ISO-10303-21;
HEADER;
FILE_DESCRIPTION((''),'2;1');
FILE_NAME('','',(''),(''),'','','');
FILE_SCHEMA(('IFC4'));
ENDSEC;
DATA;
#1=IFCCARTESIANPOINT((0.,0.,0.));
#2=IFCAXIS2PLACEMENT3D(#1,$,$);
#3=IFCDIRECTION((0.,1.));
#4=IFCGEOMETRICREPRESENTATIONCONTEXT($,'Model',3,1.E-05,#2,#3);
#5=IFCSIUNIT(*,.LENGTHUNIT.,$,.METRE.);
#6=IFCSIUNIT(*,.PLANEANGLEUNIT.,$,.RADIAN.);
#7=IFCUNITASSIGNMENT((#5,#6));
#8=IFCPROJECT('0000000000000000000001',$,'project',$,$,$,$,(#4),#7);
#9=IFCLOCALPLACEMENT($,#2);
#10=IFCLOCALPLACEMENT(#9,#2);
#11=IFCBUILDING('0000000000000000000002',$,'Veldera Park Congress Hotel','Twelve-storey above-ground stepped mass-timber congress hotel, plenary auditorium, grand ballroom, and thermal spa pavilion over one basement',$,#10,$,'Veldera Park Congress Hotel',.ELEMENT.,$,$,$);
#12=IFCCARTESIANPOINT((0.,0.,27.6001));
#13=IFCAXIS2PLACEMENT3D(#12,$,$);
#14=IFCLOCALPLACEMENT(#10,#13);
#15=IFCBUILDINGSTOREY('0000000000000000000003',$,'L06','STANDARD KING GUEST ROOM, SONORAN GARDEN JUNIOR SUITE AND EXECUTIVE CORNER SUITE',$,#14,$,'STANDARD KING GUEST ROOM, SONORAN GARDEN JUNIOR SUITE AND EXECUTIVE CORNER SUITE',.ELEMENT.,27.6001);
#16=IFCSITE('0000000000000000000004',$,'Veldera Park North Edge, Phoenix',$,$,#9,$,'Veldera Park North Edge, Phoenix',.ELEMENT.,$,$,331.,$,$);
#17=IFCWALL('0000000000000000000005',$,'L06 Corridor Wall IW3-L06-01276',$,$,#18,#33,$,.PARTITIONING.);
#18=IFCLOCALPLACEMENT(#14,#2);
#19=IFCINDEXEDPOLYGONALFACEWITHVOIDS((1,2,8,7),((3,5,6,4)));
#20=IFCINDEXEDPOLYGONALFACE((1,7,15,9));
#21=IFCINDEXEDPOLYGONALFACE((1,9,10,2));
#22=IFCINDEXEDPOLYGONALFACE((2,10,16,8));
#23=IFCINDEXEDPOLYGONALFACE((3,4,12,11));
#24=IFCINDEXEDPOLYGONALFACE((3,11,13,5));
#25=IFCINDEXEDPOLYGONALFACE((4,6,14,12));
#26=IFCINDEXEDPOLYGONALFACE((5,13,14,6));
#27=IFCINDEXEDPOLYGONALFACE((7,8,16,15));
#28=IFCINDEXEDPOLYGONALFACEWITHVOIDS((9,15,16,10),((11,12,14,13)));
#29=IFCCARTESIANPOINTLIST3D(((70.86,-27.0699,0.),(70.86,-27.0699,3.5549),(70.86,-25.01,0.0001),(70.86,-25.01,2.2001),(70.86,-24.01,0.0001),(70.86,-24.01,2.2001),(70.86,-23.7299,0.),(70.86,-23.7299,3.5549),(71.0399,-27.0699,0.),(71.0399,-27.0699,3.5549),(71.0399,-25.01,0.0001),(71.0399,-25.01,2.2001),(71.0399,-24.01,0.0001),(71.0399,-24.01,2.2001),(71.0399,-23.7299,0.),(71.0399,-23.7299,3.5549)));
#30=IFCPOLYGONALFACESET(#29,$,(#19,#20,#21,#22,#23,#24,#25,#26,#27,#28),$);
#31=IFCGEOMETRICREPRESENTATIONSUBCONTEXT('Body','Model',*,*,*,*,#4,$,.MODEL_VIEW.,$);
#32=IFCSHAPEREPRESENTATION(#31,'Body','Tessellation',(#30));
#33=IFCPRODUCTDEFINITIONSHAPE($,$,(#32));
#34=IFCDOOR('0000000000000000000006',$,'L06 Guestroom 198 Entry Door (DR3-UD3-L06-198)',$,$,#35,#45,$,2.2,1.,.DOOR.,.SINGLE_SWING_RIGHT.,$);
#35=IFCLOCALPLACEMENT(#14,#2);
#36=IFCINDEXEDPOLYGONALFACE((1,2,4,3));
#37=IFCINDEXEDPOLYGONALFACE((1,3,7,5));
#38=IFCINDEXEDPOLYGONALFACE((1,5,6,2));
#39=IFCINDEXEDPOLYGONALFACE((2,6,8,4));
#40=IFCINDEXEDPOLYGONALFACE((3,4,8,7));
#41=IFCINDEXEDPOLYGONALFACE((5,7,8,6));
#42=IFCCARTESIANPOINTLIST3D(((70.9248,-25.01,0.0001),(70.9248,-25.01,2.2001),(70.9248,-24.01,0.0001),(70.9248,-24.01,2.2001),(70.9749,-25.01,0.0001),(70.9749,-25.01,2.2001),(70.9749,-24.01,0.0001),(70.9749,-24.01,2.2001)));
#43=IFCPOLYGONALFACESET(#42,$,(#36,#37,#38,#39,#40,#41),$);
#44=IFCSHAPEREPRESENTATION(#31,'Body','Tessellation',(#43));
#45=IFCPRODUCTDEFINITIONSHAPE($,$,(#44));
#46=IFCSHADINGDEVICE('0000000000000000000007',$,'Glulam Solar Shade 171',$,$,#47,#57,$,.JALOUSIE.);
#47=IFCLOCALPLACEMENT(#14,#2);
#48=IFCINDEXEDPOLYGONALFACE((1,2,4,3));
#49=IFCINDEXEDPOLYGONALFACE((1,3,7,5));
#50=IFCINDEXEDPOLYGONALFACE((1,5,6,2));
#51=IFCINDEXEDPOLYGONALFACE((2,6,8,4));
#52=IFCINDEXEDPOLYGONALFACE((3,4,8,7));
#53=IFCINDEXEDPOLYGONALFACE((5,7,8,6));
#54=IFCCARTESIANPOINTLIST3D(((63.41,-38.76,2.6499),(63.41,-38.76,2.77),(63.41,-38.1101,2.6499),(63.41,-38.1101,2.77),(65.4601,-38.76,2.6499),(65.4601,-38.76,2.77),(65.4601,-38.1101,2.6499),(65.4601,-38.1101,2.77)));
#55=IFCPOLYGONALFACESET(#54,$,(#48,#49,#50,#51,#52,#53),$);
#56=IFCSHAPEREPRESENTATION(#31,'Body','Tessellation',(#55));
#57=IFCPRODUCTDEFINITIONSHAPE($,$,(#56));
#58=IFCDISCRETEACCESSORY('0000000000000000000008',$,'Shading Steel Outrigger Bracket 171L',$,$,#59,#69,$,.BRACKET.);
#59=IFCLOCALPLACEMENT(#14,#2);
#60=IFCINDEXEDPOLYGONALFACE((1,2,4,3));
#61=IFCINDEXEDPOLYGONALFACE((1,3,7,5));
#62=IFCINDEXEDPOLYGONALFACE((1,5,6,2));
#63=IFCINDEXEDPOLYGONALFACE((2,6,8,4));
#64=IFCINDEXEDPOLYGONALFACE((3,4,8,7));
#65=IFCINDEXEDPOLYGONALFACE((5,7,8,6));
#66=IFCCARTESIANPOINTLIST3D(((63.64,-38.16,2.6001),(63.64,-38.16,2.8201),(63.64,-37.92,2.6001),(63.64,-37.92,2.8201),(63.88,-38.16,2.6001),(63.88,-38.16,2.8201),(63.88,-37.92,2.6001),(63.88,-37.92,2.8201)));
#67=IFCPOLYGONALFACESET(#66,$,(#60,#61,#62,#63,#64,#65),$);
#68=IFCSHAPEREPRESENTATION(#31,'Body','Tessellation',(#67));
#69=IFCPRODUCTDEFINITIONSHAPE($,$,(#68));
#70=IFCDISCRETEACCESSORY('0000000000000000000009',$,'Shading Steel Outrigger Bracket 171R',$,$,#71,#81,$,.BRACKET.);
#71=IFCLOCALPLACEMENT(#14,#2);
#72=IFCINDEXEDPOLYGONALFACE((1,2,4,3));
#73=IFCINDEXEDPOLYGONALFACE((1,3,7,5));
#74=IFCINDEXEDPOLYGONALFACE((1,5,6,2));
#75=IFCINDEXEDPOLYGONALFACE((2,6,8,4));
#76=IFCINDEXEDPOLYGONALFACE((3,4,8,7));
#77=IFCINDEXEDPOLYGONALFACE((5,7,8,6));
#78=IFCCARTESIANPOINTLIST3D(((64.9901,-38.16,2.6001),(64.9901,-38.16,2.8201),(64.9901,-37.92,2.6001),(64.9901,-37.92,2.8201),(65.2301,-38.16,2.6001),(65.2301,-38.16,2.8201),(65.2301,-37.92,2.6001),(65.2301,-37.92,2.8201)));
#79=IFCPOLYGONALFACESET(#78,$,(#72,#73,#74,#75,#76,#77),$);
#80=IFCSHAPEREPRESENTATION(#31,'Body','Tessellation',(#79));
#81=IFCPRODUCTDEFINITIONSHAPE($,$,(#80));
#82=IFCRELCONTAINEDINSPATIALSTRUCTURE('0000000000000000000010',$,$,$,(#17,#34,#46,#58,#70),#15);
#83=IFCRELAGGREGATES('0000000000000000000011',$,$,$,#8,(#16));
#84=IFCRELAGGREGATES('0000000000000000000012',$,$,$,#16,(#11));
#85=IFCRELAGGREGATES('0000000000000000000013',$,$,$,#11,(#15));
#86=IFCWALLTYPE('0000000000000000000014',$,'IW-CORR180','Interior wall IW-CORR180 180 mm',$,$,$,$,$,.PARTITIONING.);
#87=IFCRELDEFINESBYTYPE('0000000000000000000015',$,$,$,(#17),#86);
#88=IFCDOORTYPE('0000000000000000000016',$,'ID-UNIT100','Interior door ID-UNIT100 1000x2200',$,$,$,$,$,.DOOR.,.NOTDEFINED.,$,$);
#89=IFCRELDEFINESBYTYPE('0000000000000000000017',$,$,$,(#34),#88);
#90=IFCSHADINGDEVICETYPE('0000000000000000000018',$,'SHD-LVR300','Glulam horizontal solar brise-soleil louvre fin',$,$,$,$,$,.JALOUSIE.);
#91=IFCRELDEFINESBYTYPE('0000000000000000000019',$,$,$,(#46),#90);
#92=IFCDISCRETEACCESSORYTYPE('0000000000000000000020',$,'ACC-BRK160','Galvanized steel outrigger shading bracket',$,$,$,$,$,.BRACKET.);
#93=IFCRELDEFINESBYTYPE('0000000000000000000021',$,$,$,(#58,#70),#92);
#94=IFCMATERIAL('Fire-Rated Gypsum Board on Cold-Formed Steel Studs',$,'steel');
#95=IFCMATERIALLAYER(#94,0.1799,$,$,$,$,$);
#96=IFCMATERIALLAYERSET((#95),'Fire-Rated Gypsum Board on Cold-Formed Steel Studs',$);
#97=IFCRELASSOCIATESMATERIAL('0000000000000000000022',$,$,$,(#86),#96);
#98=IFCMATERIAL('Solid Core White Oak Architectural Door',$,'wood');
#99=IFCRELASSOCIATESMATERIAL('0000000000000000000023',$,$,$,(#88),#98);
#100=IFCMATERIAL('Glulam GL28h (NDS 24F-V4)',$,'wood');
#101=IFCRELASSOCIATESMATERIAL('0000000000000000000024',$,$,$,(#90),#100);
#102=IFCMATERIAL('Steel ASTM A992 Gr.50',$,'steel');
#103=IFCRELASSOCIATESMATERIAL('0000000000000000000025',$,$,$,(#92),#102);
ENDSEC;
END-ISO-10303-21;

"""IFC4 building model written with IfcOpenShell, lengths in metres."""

from ifc_helpers import new_model, si_unit, direction, frame, frame_2d, origin, origin_2d, place, context, subcontext, project, spatial, rectangle, extrude, material, layer, layer_set, type_object, element, fill, save


model = new_model("IFC4")

# Units and contexts
model_context = context("Model", 3, precision=1e-05, world=origin(), true_north=direction((0.0, 1.0)))
body_context = subcontext(model_context, "Body", "Model", "MODEL_VIEW")
ifc_project = project(units=[si_unit("LENGTHUNIT", "METRE"), si_unit("PLANEANGLEUNIT", "RADIAN")], contexts=[model_context])

# Site, building, storey
site_placement = place(None, origin())
site = spatial("IfcSite", under=ifc_project, at=site_placement, Name="Veldera Park North Edge, Phoenix", LongName="Veldera Park North Edge, Phoenix", CompositionType="ELEMENT", RefElevation=331.0)
building_placement = place(site_placement, origin())
building = spatial("IfcBuilding", under=site, at=building_placement, Name="Veldera Park Congress Hotel", Description="Twelve-storey above-ground stepped mass-timber congress hotel, plenary auditorium, grand ballroom, and thermal spa pavilion over one basement", LongName="Veldera Park Congress Hotel", CompositionType="ELEMENT")
storey_placement = place(building_placement, frame((0.0, 0.0, 27.6001)))
storey = spatial("IfcBuildingStorey", under=building, at=storey_placement, Name="L06", Description="STANDARD KING GUEST ROOM, SONORAN GARDEN JUNIOR SUITE AND EXECUTIVE CORNER SUITE", LongName="STANDARD KING GUEST ROOM, SONORAN GARDEN JUNIOR SUITE AND EXECUTIVE CORNER SUITE", CompositionType="ELEMENT", Elevation=27.6001)

# Shared definitions
ifc_material_1 = material(Name="Glulam GL28h (NDS 24F-V4)", Category="wood")

# Shared definitions
ifc_material_2 = material(Name="Fire-Rated Gypsum Board on Cold-Formed Steel Studs", Category="steel")

# Shared definitions
ifc_material_3 = material(Name="Solid Core White Oak Architectural Door", Category="wood")

# Shared definitions
ifc_layer_1 = layer(ifc_material_2, 0.1799)
ifc_layer_set_1 = layer_set([ifc_layer_1], Name="Fire-Rated Gypsum Board on Cold-Formed Steel Studs")
wall_type_1 = type_object("IfcWallType", Name="IW-CORR180", Description="Interior wall IW-CORR180 180 mm", PredefinedType="PARTITIONING", material=ifc_layer_set_1)

# Wall, opening, door
door_type_1 = type_object("IfcDoorType", Name="ID-UNIT100", Description="Interior door ID-UNIT100 1000x2200", OperationType="NOTDEFINED", PredefinedType="DOOR", material=ifc_material_3)
wall_1_placement = place(storey_placement, frame((70.95, -23.73, 0.0), z_axis=(0.0, 0.0, 1.0), x_axis=(0.0, -1.0, 0.0)))
wall_1 = element("IfcWall", 1, at=wall_1_placement, inside=storey, type_object=wall_type_1, Name="L06 Corridor Wall IW3-L06-01276", PredefinedType="PARTITIONING", context=body_context, shape_type="SweptSolid", body=[
    extrude(rectangle(XDim=3.3401, YDim=0.1799, at=frame_2d((1.6699, 0.0))), origin(), (0.0, 0.0, 1.0), 3.5549),
])
opening_1_placement = place(wall_1_placement, frame((0.28, 0.0, 0.0)))
opening_1 = element("IfcOpeningElement", 2, at=opening_1_placement, cuts=wall_1, PredefinedType="OPENING", context=body_context, shape_type="SweptSolid", body=[
    extrude(rectangle(XDim=1.0, YDim=2.2, at=frame_2d((0.5, 1.1001))), frame((0.0, 0.1021, 0.0), z_axis=(0.0, -1.0, 0.0), x_axis=(1.0, 0.0, 0.0)), (0.0, 0.0, 1.0), 0.2039),
])
door_1_placement = place(opening_1_placement, origin())
door_1 = element("IfcDoor", 3, at=door_1_placement, inside=storey, type_object=door_type_1, Name="L06 Guestroom 198 Entry Door (DR3-UD3-L06-198)", OperationType="SINGLE_SWING_RIGHT", OverallHeight=2.2, OverallWidth=1.0, PredefinedType="DOOR", context=body_context, shape_type="SweptSolid", body=[
    extrude(rectangle(XDim=1.0, YDim=2.2, at=frame_2d((0.5, 1.1001))), frame((0.0, 0.0249, 0.0), z_axis=(0.0, -1.0, 0.0), x_axis=(1.0, 0.0, 0.0)), (0.0, 0.0, 1.0), 0.05),
])
fill(opening_1, door_1)

# Shading device
shading_device_type = type_object("IfcShadingDeviceType", Name="SHD-LVR300", Description="Glulam horizontal solar brise-soleil louvre fin", PredefinedType="JALOUSIE", material=ifc_material_1)
shading_device_placement = place(storey_placement, frame((64.4351, -38.4351, 2.6499), z_axis=(0.0, 0.0, 1.0), x_axis=(1.0, 0.0, 0.0)))
element("IfcShadingDevice", 4, at=shading_device_placement, inside=storey, type_object=shading_device_type, Name="Glulam Solar Shade 171", PredefinedType="JALOUSIE", context=body_context, shape_type="SweptSolid", body=[
    extrude(rectangle(XDim=2.05, YDim=0.6499, at=origin_2d()), origin(), (0.0, 0.0, 1.0), 0.1201),
])

# Discrete accessories
ifc_material_4 = material(Name="Steel ASTM A992 Gr.50", Category="steel")
discrete_accessory_type = type_object("IfcDiscreteAccessoryType", Name="ACC-BRK160", Description="Galvanized steel outrigger shading bracket", PredefinedType="BRACKET", material=ifc_material_4)
for number, where, z_axis, x_axis, name in (
    (5, (63.76, -38.04, 2.6001), (0.0, 0.0, 1.0), (1.0, 0.0, 0.0), "Shading Steel Outrigger Bracket 171L"),
    (6, (65.1101, -38.04, 2.6001), (0.0, 0.0, 1.0), (1.0, 0.0, 0.0), "Shading Steel Outrigger Bracket 171R"),
):
    element("IfcDiscreteAccessory", number, at=place(storey_placement, frame(where, z_axis=z_axis, x_axis=x_axis)), inside=storey, type_object=discrete_accessory_type, Name=name, PredefinedType="BRACKET", context=body_context, shape_type="SweptSolid", body=[
        extrude(rectangle(XDim=0.24, YDim=0.24, at=origin_2d()), origin(), (0.0, 0.0, 1.0), 0.22),
    ])

save(model, "model.ifc")
